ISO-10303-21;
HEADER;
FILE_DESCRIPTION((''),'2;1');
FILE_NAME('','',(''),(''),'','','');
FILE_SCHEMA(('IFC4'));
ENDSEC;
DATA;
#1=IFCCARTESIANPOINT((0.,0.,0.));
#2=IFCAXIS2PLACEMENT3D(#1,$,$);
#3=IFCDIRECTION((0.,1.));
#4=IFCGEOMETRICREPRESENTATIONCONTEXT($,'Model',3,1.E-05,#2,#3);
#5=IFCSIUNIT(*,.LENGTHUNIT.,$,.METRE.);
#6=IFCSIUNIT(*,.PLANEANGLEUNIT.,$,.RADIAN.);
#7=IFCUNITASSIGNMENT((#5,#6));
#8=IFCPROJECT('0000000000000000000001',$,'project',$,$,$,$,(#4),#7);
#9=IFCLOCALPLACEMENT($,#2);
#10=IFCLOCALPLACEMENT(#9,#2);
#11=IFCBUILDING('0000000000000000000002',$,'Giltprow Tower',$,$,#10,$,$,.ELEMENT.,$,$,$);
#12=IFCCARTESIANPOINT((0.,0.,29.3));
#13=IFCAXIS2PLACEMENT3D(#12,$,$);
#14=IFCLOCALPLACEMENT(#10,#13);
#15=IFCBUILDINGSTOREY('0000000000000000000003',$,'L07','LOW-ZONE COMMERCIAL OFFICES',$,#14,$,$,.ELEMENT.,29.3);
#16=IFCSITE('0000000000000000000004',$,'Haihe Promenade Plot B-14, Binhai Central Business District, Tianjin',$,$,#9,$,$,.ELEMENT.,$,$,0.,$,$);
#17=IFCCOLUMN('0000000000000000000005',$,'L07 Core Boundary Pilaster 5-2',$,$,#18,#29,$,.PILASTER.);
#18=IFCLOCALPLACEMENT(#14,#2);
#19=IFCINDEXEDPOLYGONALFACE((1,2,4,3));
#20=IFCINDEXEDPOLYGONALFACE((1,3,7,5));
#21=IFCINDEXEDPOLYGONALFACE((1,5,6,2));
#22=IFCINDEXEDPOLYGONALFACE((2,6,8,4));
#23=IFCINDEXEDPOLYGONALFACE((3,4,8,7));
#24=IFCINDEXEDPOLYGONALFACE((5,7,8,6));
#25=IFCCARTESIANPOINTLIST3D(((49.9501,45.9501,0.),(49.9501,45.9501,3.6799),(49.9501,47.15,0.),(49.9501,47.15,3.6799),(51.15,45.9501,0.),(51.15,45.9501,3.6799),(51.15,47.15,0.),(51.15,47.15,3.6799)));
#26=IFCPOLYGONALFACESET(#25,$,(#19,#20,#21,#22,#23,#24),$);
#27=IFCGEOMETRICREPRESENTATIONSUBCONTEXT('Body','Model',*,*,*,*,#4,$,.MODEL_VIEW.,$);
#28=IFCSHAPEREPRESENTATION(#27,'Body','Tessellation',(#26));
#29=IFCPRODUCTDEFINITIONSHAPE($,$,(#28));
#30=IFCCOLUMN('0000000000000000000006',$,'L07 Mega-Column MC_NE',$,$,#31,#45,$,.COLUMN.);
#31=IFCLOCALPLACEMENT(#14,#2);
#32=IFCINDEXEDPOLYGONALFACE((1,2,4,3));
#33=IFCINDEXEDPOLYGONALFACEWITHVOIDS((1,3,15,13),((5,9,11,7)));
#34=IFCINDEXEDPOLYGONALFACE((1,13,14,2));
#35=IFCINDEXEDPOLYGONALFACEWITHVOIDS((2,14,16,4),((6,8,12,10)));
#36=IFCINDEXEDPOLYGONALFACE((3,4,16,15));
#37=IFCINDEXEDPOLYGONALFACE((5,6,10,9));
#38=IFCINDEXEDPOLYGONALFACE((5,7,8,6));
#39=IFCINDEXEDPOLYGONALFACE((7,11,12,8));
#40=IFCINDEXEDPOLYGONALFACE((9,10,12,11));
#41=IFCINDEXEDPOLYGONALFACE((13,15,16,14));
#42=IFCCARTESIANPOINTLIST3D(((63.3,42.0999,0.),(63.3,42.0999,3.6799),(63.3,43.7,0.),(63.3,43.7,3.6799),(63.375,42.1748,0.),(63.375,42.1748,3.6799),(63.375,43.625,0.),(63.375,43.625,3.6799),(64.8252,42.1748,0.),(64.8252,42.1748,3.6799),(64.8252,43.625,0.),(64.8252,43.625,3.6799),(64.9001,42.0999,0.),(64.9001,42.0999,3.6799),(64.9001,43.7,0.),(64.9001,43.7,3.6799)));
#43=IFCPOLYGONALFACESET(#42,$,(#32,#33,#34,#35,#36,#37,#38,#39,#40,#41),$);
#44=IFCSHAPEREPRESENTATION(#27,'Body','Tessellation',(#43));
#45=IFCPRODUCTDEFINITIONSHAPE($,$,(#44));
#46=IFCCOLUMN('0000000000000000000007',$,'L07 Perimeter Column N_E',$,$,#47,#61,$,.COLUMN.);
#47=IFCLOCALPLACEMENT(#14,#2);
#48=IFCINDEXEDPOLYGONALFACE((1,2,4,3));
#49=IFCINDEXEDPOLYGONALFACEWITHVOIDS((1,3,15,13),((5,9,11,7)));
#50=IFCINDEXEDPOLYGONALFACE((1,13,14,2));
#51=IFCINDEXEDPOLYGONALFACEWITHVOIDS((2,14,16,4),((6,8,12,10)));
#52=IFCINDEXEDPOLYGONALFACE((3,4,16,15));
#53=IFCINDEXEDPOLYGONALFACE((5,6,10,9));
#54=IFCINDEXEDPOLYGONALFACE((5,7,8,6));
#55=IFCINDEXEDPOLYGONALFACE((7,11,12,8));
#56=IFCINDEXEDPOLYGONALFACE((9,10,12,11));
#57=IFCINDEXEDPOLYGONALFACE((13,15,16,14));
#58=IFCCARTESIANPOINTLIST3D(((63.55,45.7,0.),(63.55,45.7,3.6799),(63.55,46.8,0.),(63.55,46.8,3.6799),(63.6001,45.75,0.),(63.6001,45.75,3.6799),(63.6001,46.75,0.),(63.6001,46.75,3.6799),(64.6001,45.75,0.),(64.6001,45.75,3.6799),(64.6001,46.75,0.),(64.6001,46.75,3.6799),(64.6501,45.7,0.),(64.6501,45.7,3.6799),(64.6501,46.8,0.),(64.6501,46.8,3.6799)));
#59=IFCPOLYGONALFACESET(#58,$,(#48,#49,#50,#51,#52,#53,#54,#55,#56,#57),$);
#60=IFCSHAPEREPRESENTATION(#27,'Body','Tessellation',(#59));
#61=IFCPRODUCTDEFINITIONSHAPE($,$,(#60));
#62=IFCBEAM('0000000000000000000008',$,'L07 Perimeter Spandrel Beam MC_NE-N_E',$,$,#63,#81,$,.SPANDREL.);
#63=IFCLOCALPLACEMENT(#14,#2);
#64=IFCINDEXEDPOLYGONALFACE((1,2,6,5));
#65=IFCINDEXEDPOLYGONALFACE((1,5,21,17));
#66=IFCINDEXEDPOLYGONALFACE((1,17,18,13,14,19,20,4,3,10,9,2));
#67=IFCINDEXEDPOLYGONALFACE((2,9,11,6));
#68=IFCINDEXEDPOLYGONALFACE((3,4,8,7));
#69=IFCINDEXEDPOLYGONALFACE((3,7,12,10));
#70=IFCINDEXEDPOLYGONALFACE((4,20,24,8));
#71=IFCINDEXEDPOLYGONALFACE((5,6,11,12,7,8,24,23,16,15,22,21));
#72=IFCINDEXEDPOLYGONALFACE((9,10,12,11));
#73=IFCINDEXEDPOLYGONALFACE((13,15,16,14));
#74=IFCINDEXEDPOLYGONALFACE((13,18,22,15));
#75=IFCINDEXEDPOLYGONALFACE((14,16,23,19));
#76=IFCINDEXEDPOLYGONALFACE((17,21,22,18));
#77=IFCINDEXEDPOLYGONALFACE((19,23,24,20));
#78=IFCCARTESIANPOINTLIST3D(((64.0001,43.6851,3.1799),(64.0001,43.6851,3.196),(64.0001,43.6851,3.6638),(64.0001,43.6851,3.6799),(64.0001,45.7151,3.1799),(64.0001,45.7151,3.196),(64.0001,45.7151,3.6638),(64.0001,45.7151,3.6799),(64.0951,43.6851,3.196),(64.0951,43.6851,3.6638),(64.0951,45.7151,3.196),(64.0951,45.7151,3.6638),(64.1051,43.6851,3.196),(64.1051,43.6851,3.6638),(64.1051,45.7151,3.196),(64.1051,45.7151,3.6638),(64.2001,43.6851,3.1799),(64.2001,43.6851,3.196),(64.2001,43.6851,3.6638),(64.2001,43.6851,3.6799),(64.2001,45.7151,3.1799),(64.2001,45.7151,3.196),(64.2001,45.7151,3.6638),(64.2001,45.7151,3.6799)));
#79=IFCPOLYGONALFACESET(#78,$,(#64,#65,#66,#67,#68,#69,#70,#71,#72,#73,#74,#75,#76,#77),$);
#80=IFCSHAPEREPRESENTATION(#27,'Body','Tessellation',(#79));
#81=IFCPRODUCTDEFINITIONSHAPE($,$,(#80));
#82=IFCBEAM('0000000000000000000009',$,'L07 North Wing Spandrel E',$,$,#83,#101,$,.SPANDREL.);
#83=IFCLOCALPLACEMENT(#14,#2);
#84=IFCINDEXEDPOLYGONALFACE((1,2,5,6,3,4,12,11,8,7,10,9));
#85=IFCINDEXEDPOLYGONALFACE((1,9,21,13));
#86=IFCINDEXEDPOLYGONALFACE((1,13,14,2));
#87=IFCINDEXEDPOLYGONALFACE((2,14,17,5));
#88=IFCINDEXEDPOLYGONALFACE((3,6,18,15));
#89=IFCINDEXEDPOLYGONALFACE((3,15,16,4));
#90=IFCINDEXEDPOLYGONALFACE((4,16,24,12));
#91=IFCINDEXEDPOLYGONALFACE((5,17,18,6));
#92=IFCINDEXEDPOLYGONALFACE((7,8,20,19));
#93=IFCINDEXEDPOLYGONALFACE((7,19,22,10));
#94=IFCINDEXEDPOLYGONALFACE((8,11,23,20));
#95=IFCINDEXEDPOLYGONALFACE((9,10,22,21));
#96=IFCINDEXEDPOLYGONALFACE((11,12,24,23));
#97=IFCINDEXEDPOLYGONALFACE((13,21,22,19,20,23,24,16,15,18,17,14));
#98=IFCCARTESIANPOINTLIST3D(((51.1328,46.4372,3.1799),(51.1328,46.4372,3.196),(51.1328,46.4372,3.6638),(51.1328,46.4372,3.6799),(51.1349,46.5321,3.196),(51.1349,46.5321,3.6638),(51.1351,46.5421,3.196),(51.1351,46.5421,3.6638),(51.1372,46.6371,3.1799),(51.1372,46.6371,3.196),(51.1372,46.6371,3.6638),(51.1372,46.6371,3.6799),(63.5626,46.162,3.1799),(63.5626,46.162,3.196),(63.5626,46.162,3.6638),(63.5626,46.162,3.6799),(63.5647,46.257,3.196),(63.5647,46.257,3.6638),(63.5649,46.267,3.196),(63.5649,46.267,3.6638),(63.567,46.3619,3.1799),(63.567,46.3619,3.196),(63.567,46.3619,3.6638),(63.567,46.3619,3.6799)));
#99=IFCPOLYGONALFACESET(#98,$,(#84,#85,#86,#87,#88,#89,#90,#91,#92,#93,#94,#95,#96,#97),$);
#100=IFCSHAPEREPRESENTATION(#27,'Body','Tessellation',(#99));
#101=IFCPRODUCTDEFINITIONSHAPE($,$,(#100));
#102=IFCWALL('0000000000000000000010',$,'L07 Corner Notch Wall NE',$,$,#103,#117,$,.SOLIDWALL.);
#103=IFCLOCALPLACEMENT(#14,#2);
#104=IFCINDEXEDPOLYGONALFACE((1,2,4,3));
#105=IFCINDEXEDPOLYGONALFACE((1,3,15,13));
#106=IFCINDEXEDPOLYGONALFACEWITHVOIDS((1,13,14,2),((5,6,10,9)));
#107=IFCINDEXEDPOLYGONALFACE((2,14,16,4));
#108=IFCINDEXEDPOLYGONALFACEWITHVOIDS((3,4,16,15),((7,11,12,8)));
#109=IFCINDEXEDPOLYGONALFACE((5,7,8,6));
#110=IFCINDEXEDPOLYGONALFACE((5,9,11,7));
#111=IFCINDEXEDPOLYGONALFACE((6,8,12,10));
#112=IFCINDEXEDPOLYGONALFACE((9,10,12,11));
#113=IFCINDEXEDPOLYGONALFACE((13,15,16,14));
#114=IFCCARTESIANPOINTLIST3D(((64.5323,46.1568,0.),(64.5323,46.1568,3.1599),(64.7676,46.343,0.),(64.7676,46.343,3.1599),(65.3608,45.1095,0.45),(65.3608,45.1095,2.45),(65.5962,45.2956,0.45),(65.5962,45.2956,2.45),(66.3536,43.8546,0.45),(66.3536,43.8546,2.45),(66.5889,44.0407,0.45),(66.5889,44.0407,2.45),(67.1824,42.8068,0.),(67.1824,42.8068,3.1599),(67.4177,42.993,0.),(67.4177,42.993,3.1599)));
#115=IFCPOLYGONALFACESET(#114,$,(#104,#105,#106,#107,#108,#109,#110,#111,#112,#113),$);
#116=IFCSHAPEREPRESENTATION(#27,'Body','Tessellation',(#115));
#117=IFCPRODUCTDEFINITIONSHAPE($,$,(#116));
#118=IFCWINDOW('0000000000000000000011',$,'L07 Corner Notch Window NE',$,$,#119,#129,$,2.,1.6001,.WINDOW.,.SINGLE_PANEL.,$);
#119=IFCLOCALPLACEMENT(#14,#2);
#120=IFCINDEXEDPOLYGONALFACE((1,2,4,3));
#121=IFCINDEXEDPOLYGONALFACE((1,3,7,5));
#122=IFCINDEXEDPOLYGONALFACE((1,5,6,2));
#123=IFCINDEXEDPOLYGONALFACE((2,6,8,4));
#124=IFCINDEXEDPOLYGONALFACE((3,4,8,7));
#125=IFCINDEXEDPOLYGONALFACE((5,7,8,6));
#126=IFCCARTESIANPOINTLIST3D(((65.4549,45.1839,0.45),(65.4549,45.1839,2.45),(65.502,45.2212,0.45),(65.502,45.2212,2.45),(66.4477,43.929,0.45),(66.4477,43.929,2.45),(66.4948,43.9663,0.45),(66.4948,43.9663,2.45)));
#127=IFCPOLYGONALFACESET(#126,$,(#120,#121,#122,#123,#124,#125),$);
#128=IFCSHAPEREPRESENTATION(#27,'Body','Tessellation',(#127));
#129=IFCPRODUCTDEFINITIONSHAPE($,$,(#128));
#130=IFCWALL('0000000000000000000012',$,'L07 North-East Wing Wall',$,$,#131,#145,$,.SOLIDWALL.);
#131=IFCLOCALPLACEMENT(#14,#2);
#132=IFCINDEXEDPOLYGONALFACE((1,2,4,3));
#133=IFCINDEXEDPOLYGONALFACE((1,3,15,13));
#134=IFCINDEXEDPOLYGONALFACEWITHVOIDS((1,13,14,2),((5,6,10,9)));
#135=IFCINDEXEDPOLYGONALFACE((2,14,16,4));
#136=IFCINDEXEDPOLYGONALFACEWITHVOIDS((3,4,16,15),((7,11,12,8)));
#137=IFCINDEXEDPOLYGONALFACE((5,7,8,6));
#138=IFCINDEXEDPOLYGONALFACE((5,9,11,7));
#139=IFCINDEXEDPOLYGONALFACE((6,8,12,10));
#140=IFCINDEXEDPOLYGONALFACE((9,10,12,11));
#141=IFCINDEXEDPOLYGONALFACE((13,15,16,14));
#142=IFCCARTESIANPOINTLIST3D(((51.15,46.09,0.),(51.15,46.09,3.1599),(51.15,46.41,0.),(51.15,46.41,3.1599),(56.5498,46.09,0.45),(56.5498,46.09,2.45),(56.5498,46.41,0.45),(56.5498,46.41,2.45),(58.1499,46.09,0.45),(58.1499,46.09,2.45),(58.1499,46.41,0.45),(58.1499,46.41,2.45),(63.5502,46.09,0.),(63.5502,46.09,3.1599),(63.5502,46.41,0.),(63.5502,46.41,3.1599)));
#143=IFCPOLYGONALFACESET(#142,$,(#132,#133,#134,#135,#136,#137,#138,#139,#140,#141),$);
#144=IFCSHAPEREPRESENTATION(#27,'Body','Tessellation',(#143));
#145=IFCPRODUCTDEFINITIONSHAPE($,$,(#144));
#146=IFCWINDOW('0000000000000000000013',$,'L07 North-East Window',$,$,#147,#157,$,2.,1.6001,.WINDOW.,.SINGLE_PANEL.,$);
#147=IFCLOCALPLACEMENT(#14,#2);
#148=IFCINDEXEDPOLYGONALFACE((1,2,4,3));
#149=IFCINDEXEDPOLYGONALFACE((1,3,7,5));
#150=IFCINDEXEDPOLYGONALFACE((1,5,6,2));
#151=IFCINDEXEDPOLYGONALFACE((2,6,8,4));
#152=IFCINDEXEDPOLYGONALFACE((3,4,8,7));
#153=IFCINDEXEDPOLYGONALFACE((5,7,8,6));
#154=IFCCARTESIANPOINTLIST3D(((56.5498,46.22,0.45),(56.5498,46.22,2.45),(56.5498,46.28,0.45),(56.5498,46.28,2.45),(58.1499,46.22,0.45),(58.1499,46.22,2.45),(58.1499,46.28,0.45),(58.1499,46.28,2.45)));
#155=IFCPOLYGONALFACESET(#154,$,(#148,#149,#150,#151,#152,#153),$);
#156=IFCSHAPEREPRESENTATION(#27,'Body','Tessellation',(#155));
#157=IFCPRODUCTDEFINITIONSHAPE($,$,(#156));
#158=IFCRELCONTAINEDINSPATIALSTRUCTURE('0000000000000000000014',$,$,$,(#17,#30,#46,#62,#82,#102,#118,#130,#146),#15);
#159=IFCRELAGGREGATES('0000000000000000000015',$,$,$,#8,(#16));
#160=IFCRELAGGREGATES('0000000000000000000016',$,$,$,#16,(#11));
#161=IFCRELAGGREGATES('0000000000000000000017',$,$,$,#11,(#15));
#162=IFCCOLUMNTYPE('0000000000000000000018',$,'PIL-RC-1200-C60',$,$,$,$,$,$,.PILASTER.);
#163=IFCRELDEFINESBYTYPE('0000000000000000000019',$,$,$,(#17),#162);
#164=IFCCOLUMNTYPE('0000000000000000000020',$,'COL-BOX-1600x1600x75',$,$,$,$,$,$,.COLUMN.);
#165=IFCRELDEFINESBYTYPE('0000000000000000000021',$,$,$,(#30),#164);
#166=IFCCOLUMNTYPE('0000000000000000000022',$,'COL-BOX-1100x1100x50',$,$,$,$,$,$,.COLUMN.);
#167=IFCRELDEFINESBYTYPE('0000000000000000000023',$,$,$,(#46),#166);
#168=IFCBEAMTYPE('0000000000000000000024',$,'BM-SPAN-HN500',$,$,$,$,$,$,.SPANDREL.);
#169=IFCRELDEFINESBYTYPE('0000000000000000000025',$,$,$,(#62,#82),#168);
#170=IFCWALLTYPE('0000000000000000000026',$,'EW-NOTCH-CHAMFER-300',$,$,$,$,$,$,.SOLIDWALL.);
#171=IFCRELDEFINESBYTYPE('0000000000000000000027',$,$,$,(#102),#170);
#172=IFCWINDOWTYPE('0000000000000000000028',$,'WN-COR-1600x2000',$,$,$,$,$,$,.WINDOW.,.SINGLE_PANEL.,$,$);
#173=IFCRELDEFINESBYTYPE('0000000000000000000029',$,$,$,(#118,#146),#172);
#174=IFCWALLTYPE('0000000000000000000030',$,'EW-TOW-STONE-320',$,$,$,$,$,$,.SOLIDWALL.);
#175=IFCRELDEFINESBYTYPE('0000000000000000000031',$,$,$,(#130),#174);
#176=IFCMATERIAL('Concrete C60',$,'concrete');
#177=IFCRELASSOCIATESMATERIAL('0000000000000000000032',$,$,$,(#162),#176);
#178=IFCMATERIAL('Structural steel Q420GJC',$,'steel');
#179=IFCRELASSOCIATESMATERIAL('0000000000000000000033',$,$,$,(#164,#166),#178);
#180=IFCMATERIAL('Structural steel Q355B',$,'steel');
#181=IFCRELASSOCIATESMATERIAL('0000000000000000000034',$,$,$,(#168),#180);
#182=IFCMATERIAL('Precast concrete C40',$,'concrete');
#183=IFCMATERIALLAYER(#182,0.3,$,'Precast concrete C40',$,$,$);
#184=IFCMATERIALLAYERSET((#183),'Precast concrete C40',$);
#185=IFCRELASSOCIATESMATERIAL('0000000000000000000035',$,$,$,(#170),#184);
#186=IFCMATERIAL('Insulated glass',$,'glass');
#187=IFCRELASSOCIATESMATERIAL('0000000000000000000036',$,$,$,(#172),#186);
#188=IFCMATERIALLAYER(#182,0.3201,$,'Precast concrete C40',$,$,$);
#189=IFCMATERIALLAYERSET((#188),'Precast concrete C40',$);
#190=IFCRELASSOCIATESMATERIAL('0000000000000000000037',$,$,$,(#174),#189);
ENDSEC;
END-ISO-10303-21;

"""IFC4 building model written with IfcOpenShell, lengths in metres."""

from ifc_helpers import new_model, si_unit, direction, frame, frame_2d, origin, origin_2d, place, context, subcontext, project, spatial, rectangle, hollow_rectangle, i_section, extrude, source, transform, mapped, material, layer, layer_set, material_profile, profile_set, type_object, element, fill, save


model = new_model("IFC4")

# Units and contexts
model_context = context("Model", 3, precision=1e-05, world=origin(), true_north=direction((0.0, 1.0)))
body_context = subcontext(model_context, "Body", "Model", "MODEL_VIEW")
ifc_project = project(units=[si_unit("LENGTHUNIT", "METRE"), si_unit("PLANEANGLEUNIT", "RADIAN")], contexts=[model_context])

# Site, building, storey
site_placement = place(None, origin())
site = spatial("IfcSite", under=ifc_project, at=site_placement, Name="Haihe Promenade Plot B-14, Binhai Central Business District, Tianjin", CompositionType="ELEMENT", RefElevation=0.0)
building_placement = place(site_placement, origin())
building = spatial("IfcBuilding", under=site, at=building_placement, Name="Giltprow Tower", CompositionType="ELEMENT")
storey_placement = place(building_placement, frame((0.0, 0.0, 29.3)))
storey = spatial("IfcBuildingStorey", under=building, at=storey_placement, Name="L07", Description="LOW-ZONE COMMERCIAL OFFICES", CompositionType="ELEMENT", Elevation=29.3)

# Columns
ifc_material_1 = material(Name="Concrete C60", Category="concrete")
ifc_material_profile_1 = material_profile(ifc_material_1, rectangle(XDim=1.2, YDim=1.2, at=origin_2d()), Name="RC 1200x1200")
ifc_profile_set_1 = profile_set([ifc_material_profile_1], Name="Concrete C60")
column_type_1 = type_object("IfcColumnType", Name="PIL-RC-1200-C60", PredefinedType="PILASTER", material=ifc_profile_set_1)
shared_shape_1 = source(origin(), body_context, "Body", "SweptSolid", [
    extrude(rectangle(XDim=1.2, YDim=1.2, at=origin_2d()), origin(), (0.0, 0.0, 1.0), 3.6799),
])
column_1_placement = place(storey_placement, frame((50.55, 46.55, 0.0), z_axis=(0.0, 0.0, 1.0), x_axis=(1.0, 0.0, 0.0)))
element("IfcColumn", 1, at=column_1_placement, inside=storey, type_object=column_type_1, Name="L07 Core Boundary Pilaster 5-2", PredefinedType="PILASTER", context=body_context, shape_type="MappedRepresentation", body=[
    mapped(shared_shape_1, transform((0.0, 0.0, 0.0), x_axis=(1.0, 0.0, 0.0), y_axis=(0.0, 1.0, 0.0), z_axis=(0.0, 0.0, 1.0), scale=1.0)),
])
ifc_material_2 = material(Name="Structural steel Q420GJC", Category="steel")
ifc_material_profile_2 = material_profile(ifc_material_2, hollow_rectangle(XDim=1.6001, YDim=1.6001, WallThickness=0.075, at=origin_2d()), Name="BOX 1600x1600x75")
ifc_profile_set_2 = profile_set([ifc_material_profile_2], Name="Structural steel Q420GJC")
column_type_2 = type_object("IfcColumnType", Name="COL-BOX-1600x1600x75", PredefinedType="COLUMN", material=ifc_profile_set_2)
shared_shape_2 = source(origin(), body_context, "Body", "SweptSolid", [
    extrude(hollow_rectangle(XDim=1.6001, YDim=1.6001, WallThickness=0.075, at=origin_2d()), origin(), (0.0, 0.0, 1.0), 3.6799),
])
column_2_placement = place(storey_placement, frame((64.1001, 42.8999, 0.0), z_axis=(0.0, 0.0, 1.0), x_axis=(1.0, 0.0, 0.0)))
element("IfcColumn", 2, at=column_2_placement, inside=storey, type_object=column_type_2, Name="L07 Mega-Column MC_NE", PredefinedType="COLUMN", context=body_context, shape_type="MappedRepresentation", body=[
    mapped(shared_shape_2, transform((0.0, 0.0, 0.0), x_axis=(1.0, 0.0, 0.0), y_axis=(0.0, 1.0, 0.0), z_axis=(0.0, 0.0, 1.0), scale=1.0)),
])
ifc_material_profile_3 = material_profile(ifc_material_2, hollow_rectangle(XDim=1.1001, YDim=1.1001, WallThickness=0.05, at=origin_2d()), Name="BOX 1100x1100x50")
ifc_profile_set_3 = profile_set([ifc_material_profile_3], Name="Structural steel Q420GJC")
column_type_3 = type_object("IfcColumnType", Name="COL-BOX-1100x1100x50", PredefinedType="COLUMN", material=ifc_profile_set_3)
shared_shape_3 = source(origin(), body_context, "Body", "SweptSolid", [
    extrude(hollow_rectangle(XDim=1.1001, YDim=1.1001, WallThickness=0.05, at=origin_2d()), origin(), (0.0, 0.0, 1.0), 3.6799),
])
column_3_placement = place(storey_placement, frame((64.1001, 46.25, 0.0), z_axis=(0.0, 0.0, 1.0), x_axis=(1.0, 0.0, 0.0)))
element("IfcColumn", 3, at=column_3_placement, inside=storey, type_object=column_type_3, Name="L07 Perimeter Column N_E", PredefinedType="COLUMN", context=body_context, shape_type="MappedRepresentation", body=[
    mapped(shared_shape_3, transform((0.0, 0.0, 0.0), x_axis=(1.0, 0.0, 0.0), y_axis=(0.0, 1.0, 0.0), z_axis=(0.0, 0.0, 1.0), scale=1.0)),
])

# Beams
ifc_material_3 = material(Name="Structural steel Q355B", Category="steel")
ifc_material_profile_4 = material_profile(ifc_material_3, i_section(OverallWidth=0.2, OverallDepth=0.5, WebThickness=0.01, FlangeThickness=0.0161, at=origin_2d()), Name="HN 500x200x10x16")
ifc_profile_set_4 = profile_set([ifc_material_profile_4], Name="Structural steel Q355B")
beam_type = type_object("IfcBeamType", Name="BM-SPAN-HN500", PredefinedType="SPANDREL", material=ifc_profile_set_4)
shared_shape_4 = source(origin(), body_context, "Body", "SweptSolid", [
    extrude(i_section(OverallWidth=0.2, OverallDepth=0.5, WebThickness=0.01, FlangeThickness=0.0161, at=origin_2d()), origin(), (0.0, 0.0, 1.0), 2.03),
])
beam_1_placement = place(storey_placement, frame((64.1001, 43.6851, 3.4299), z_axis=(0.0, 1.0, 0.0), x_axis=(-1.0, 0.0, 0.0)))
element("IfcBeam", 4, at=beam_1_placement, inside=storey, type_object=beam_type, Name="L07 Perimeter Spandrel Beam MC_NE-N_E", PredefinedType="SPANDREL", context=body_context, shape_type="MappedRepresentation", body=[
    mapped(shared_shape_4, transform((0.0, 0.0, 0.0), x_axis=(1.0, 0.0, 0.0), y_axis=(0.0, 1.0, 0.0), z_axis=(0.0, 0.0, 1.0), scale=1.0)),
])
shared_shape_5 = source(origin(), body_context, "Body", "SweptSolid", [
    extrude(i_section(OverallWidth=0.2, OverallDepth=0.5, WebThickness=0.01, FlangeThickness=0.0161, at=origin_2d()), origin(), (0.0, 0.0, 1.0), 12.4329),
])
beam_2_placement = place(storey_placement, frame((51.135, 46.5371, 3.4299), z_axis=(0.999755, -0.02213, 0.0), x_axis=(0.02213, 0.999755, 0.0)))
element("IfcBeam", 5, at=beam_2_placement, inside=storey, type_object=beam_type, Name="L07 North Wing Spandrel E", PredefinedType="SPANDREL", context=body_context, shape_type="MappedRepresentation", body=[
    mapped(shared_shape_5, transform((0.0, 0.0, 0.0), x_axis=(1.0, 0.0, 0.0), y_axis=(0.0, 1.0, 0.0), z_axis=(0.0, 0.0, 1.0), scale=1.0)),
])

# Walls, openings, windows
ifc_material_4 = material(Name="Precast concrete C40", Category="concrete")
ifc_layer_1 = layer(ifc_material_4, 0.3, Name="Precast concrete C40")
ifc_layer_set_1 = layer_set([ifc_layer_1], Name="Precast concrete C40")
wall_type_1 = type_object("IfcWallType", Name="EW-NOTCH-CHAMFER-300", PredefinedType="SOLIDWALL", material=ifc_layer_set_1)
wall_1_placement = place(storey_placement, frame((67.3, 42.8999, 0.0), z_axis=(0.0, 0.0, 1.0), x_axis=(-0.620413, 0.784275, 0.0)))
wall_1 = element("IfcWall", 6, at=wall_1_placement, inside=storey, type_object=wall_type_1, Name="L07 Corner Notch Wall NE", PredefinedType="SOLIDWALL", context=body_context, shape_type="SweptSolid", body=[
    extrude(rectangle(XDim=4.2715, YDim=0.3, at=frame_2d((2.1357, 0.0))), origin(), (0.0, 0.0, 1.0), 3.1599),
])
opening_1_placement = place(wall_1_placement, frame((1.3359, 0.0, 0.45)))
opening_1 = element("IfcOpeningElement", 7, at=opening_1_placement, cuts=wall_1, PredefinedType="OPENING", context=body_context, shape_type="SweptSolid", body=[
    extrude(rectangle(XDim=1.6001, YDim=2.0, at=frame_2d((0.8, 1.0))), frame((0.0, 0.1599, 0.0), z_axis=(0.0, -1.0, 0.0), x_axis=(1.0, 0.0, 0.0)), (0.0, 0.0, 1.0), 0.3201),
])
ifc_material_5 = material(Name="Insulated glass", Category="glass")
window_type = type_object("IfcWindowType", Name="WN-COR-1600x2000", PartitioningType="SINGLE_PANEL", PredefinedType="WINDOW", material=ifc_material_5)
shared_shape_6 = source(origin(), body_context, "Body", "SweptSolid", [
    extrude(rectangle(XDim=1.6001, YDim=2.0, at=frame_2d((0.8, 1.0))), frame((0.0, 0.03, 0.0), z_axis=(0.0, -1.0, 0.0), x_axis=(1.0, 0.0, 0.0)), (0.0, 0.0, 1.0), 0.0601),
])
window_1_placement = place(opening_1_placement, origin())
window_1 = element("IfcWindow", 8, at=window_1_placement, inside=storey, type_object=window_type, Name="L07 Corner Notch Window NE", OverallHeight=2.0, OverallWidth=1.6001, PartitioningType="SINGLE_PANEL", PredefinedType="WINDOW", context=body_context, shape_type="MappedRepresentation", body=[
    mapped(shared_shape_6, transform((0.0, 0.0, 0.0), x_axis=(1.0, 0.0, 0.0), y_axis=(0.0, 1.0, 0.0), z_axis=(0.0, 0.0, 1.0), scale=1.0)),
])
fill(opening_1, window_1)
ifc_layer_2 = layer(ifc_material_4, 0.3201, Name="Precast concrete C40")
ifc_layer_set_2 = layer_set([ifc_layer_2], Name="Precast concrete C40")
wall_type_2 = type_object("IfcWallType", Name="EW-TOW-STONE-320", PredefinedType="SOLIDWALL", material=ifc_layer_set_2)
wall_2_placement = place(storey_placement, frame((51.1499, 46.25, 0.0), z_axis=(0.0, 0.0, 1.0), x_axis=(1.0, 0.0, 0.0)))
wall_2 = element("IfcWall", 9, at=wall_2_placement, inside=storey, type_object=wall_type_2, Name="L07 North-East Wing Wall", PredefinedType="SOLIDWALL", context=body_context, shape_type="SweptSolid", body=[
    extrude(rectangle(XDim=12.4001, YDim=0.3201, at=frame_2d((6.2002, 0.0))), origin(), (0.0, 0.0, 1.0), 3.1599),
])
opening_2_placement = place(wall_2_placement, frame((5.3999, 0.0, 0.45)))
opening_2 = element("IfcOpeningElement", 10, at=opening_2_placement, cuts=wall_2, PredefinedType="OPENING", context=body_context, shape_type="SweptSolid", body=[
    extrude(rectangle(XDim=1.6001, YDim=2.0, at=frame_2d((0.8, 1.0))), frame((0.0, 0.1699, 0.0), z_axis=(0.0, -1.0, 0.0), x_axis=(1.0, 0.0, 0.0)), (0.0, 0.0, 1.0), 0.3401),
])
window_2_placement = place(opening_2_placement, origin())
window_2 = element("IfcWindow", 11, at=window_2_placement, inside=storey, type_object=window_type, Name="L07 North-East Window", OverallHeight=2.0, OverallWidth=1.6001, PartitioningType="SINGLE_PANEL", PredefinedType="WINDOW", context=body_context, shape_type="MappedRepresentation", body=[
    mapped(shared_shape_6, transform((0.0, 0.0, 0.0), x_axis=(1.0, 0.0, 0.0), y_axis=(0.0, 1.0, 0.0), z_axis=(0.0, 0.0, 1.0), scale=1.0)),
])
fill(opening_2, window_2)

save(model, "model.ifc")
